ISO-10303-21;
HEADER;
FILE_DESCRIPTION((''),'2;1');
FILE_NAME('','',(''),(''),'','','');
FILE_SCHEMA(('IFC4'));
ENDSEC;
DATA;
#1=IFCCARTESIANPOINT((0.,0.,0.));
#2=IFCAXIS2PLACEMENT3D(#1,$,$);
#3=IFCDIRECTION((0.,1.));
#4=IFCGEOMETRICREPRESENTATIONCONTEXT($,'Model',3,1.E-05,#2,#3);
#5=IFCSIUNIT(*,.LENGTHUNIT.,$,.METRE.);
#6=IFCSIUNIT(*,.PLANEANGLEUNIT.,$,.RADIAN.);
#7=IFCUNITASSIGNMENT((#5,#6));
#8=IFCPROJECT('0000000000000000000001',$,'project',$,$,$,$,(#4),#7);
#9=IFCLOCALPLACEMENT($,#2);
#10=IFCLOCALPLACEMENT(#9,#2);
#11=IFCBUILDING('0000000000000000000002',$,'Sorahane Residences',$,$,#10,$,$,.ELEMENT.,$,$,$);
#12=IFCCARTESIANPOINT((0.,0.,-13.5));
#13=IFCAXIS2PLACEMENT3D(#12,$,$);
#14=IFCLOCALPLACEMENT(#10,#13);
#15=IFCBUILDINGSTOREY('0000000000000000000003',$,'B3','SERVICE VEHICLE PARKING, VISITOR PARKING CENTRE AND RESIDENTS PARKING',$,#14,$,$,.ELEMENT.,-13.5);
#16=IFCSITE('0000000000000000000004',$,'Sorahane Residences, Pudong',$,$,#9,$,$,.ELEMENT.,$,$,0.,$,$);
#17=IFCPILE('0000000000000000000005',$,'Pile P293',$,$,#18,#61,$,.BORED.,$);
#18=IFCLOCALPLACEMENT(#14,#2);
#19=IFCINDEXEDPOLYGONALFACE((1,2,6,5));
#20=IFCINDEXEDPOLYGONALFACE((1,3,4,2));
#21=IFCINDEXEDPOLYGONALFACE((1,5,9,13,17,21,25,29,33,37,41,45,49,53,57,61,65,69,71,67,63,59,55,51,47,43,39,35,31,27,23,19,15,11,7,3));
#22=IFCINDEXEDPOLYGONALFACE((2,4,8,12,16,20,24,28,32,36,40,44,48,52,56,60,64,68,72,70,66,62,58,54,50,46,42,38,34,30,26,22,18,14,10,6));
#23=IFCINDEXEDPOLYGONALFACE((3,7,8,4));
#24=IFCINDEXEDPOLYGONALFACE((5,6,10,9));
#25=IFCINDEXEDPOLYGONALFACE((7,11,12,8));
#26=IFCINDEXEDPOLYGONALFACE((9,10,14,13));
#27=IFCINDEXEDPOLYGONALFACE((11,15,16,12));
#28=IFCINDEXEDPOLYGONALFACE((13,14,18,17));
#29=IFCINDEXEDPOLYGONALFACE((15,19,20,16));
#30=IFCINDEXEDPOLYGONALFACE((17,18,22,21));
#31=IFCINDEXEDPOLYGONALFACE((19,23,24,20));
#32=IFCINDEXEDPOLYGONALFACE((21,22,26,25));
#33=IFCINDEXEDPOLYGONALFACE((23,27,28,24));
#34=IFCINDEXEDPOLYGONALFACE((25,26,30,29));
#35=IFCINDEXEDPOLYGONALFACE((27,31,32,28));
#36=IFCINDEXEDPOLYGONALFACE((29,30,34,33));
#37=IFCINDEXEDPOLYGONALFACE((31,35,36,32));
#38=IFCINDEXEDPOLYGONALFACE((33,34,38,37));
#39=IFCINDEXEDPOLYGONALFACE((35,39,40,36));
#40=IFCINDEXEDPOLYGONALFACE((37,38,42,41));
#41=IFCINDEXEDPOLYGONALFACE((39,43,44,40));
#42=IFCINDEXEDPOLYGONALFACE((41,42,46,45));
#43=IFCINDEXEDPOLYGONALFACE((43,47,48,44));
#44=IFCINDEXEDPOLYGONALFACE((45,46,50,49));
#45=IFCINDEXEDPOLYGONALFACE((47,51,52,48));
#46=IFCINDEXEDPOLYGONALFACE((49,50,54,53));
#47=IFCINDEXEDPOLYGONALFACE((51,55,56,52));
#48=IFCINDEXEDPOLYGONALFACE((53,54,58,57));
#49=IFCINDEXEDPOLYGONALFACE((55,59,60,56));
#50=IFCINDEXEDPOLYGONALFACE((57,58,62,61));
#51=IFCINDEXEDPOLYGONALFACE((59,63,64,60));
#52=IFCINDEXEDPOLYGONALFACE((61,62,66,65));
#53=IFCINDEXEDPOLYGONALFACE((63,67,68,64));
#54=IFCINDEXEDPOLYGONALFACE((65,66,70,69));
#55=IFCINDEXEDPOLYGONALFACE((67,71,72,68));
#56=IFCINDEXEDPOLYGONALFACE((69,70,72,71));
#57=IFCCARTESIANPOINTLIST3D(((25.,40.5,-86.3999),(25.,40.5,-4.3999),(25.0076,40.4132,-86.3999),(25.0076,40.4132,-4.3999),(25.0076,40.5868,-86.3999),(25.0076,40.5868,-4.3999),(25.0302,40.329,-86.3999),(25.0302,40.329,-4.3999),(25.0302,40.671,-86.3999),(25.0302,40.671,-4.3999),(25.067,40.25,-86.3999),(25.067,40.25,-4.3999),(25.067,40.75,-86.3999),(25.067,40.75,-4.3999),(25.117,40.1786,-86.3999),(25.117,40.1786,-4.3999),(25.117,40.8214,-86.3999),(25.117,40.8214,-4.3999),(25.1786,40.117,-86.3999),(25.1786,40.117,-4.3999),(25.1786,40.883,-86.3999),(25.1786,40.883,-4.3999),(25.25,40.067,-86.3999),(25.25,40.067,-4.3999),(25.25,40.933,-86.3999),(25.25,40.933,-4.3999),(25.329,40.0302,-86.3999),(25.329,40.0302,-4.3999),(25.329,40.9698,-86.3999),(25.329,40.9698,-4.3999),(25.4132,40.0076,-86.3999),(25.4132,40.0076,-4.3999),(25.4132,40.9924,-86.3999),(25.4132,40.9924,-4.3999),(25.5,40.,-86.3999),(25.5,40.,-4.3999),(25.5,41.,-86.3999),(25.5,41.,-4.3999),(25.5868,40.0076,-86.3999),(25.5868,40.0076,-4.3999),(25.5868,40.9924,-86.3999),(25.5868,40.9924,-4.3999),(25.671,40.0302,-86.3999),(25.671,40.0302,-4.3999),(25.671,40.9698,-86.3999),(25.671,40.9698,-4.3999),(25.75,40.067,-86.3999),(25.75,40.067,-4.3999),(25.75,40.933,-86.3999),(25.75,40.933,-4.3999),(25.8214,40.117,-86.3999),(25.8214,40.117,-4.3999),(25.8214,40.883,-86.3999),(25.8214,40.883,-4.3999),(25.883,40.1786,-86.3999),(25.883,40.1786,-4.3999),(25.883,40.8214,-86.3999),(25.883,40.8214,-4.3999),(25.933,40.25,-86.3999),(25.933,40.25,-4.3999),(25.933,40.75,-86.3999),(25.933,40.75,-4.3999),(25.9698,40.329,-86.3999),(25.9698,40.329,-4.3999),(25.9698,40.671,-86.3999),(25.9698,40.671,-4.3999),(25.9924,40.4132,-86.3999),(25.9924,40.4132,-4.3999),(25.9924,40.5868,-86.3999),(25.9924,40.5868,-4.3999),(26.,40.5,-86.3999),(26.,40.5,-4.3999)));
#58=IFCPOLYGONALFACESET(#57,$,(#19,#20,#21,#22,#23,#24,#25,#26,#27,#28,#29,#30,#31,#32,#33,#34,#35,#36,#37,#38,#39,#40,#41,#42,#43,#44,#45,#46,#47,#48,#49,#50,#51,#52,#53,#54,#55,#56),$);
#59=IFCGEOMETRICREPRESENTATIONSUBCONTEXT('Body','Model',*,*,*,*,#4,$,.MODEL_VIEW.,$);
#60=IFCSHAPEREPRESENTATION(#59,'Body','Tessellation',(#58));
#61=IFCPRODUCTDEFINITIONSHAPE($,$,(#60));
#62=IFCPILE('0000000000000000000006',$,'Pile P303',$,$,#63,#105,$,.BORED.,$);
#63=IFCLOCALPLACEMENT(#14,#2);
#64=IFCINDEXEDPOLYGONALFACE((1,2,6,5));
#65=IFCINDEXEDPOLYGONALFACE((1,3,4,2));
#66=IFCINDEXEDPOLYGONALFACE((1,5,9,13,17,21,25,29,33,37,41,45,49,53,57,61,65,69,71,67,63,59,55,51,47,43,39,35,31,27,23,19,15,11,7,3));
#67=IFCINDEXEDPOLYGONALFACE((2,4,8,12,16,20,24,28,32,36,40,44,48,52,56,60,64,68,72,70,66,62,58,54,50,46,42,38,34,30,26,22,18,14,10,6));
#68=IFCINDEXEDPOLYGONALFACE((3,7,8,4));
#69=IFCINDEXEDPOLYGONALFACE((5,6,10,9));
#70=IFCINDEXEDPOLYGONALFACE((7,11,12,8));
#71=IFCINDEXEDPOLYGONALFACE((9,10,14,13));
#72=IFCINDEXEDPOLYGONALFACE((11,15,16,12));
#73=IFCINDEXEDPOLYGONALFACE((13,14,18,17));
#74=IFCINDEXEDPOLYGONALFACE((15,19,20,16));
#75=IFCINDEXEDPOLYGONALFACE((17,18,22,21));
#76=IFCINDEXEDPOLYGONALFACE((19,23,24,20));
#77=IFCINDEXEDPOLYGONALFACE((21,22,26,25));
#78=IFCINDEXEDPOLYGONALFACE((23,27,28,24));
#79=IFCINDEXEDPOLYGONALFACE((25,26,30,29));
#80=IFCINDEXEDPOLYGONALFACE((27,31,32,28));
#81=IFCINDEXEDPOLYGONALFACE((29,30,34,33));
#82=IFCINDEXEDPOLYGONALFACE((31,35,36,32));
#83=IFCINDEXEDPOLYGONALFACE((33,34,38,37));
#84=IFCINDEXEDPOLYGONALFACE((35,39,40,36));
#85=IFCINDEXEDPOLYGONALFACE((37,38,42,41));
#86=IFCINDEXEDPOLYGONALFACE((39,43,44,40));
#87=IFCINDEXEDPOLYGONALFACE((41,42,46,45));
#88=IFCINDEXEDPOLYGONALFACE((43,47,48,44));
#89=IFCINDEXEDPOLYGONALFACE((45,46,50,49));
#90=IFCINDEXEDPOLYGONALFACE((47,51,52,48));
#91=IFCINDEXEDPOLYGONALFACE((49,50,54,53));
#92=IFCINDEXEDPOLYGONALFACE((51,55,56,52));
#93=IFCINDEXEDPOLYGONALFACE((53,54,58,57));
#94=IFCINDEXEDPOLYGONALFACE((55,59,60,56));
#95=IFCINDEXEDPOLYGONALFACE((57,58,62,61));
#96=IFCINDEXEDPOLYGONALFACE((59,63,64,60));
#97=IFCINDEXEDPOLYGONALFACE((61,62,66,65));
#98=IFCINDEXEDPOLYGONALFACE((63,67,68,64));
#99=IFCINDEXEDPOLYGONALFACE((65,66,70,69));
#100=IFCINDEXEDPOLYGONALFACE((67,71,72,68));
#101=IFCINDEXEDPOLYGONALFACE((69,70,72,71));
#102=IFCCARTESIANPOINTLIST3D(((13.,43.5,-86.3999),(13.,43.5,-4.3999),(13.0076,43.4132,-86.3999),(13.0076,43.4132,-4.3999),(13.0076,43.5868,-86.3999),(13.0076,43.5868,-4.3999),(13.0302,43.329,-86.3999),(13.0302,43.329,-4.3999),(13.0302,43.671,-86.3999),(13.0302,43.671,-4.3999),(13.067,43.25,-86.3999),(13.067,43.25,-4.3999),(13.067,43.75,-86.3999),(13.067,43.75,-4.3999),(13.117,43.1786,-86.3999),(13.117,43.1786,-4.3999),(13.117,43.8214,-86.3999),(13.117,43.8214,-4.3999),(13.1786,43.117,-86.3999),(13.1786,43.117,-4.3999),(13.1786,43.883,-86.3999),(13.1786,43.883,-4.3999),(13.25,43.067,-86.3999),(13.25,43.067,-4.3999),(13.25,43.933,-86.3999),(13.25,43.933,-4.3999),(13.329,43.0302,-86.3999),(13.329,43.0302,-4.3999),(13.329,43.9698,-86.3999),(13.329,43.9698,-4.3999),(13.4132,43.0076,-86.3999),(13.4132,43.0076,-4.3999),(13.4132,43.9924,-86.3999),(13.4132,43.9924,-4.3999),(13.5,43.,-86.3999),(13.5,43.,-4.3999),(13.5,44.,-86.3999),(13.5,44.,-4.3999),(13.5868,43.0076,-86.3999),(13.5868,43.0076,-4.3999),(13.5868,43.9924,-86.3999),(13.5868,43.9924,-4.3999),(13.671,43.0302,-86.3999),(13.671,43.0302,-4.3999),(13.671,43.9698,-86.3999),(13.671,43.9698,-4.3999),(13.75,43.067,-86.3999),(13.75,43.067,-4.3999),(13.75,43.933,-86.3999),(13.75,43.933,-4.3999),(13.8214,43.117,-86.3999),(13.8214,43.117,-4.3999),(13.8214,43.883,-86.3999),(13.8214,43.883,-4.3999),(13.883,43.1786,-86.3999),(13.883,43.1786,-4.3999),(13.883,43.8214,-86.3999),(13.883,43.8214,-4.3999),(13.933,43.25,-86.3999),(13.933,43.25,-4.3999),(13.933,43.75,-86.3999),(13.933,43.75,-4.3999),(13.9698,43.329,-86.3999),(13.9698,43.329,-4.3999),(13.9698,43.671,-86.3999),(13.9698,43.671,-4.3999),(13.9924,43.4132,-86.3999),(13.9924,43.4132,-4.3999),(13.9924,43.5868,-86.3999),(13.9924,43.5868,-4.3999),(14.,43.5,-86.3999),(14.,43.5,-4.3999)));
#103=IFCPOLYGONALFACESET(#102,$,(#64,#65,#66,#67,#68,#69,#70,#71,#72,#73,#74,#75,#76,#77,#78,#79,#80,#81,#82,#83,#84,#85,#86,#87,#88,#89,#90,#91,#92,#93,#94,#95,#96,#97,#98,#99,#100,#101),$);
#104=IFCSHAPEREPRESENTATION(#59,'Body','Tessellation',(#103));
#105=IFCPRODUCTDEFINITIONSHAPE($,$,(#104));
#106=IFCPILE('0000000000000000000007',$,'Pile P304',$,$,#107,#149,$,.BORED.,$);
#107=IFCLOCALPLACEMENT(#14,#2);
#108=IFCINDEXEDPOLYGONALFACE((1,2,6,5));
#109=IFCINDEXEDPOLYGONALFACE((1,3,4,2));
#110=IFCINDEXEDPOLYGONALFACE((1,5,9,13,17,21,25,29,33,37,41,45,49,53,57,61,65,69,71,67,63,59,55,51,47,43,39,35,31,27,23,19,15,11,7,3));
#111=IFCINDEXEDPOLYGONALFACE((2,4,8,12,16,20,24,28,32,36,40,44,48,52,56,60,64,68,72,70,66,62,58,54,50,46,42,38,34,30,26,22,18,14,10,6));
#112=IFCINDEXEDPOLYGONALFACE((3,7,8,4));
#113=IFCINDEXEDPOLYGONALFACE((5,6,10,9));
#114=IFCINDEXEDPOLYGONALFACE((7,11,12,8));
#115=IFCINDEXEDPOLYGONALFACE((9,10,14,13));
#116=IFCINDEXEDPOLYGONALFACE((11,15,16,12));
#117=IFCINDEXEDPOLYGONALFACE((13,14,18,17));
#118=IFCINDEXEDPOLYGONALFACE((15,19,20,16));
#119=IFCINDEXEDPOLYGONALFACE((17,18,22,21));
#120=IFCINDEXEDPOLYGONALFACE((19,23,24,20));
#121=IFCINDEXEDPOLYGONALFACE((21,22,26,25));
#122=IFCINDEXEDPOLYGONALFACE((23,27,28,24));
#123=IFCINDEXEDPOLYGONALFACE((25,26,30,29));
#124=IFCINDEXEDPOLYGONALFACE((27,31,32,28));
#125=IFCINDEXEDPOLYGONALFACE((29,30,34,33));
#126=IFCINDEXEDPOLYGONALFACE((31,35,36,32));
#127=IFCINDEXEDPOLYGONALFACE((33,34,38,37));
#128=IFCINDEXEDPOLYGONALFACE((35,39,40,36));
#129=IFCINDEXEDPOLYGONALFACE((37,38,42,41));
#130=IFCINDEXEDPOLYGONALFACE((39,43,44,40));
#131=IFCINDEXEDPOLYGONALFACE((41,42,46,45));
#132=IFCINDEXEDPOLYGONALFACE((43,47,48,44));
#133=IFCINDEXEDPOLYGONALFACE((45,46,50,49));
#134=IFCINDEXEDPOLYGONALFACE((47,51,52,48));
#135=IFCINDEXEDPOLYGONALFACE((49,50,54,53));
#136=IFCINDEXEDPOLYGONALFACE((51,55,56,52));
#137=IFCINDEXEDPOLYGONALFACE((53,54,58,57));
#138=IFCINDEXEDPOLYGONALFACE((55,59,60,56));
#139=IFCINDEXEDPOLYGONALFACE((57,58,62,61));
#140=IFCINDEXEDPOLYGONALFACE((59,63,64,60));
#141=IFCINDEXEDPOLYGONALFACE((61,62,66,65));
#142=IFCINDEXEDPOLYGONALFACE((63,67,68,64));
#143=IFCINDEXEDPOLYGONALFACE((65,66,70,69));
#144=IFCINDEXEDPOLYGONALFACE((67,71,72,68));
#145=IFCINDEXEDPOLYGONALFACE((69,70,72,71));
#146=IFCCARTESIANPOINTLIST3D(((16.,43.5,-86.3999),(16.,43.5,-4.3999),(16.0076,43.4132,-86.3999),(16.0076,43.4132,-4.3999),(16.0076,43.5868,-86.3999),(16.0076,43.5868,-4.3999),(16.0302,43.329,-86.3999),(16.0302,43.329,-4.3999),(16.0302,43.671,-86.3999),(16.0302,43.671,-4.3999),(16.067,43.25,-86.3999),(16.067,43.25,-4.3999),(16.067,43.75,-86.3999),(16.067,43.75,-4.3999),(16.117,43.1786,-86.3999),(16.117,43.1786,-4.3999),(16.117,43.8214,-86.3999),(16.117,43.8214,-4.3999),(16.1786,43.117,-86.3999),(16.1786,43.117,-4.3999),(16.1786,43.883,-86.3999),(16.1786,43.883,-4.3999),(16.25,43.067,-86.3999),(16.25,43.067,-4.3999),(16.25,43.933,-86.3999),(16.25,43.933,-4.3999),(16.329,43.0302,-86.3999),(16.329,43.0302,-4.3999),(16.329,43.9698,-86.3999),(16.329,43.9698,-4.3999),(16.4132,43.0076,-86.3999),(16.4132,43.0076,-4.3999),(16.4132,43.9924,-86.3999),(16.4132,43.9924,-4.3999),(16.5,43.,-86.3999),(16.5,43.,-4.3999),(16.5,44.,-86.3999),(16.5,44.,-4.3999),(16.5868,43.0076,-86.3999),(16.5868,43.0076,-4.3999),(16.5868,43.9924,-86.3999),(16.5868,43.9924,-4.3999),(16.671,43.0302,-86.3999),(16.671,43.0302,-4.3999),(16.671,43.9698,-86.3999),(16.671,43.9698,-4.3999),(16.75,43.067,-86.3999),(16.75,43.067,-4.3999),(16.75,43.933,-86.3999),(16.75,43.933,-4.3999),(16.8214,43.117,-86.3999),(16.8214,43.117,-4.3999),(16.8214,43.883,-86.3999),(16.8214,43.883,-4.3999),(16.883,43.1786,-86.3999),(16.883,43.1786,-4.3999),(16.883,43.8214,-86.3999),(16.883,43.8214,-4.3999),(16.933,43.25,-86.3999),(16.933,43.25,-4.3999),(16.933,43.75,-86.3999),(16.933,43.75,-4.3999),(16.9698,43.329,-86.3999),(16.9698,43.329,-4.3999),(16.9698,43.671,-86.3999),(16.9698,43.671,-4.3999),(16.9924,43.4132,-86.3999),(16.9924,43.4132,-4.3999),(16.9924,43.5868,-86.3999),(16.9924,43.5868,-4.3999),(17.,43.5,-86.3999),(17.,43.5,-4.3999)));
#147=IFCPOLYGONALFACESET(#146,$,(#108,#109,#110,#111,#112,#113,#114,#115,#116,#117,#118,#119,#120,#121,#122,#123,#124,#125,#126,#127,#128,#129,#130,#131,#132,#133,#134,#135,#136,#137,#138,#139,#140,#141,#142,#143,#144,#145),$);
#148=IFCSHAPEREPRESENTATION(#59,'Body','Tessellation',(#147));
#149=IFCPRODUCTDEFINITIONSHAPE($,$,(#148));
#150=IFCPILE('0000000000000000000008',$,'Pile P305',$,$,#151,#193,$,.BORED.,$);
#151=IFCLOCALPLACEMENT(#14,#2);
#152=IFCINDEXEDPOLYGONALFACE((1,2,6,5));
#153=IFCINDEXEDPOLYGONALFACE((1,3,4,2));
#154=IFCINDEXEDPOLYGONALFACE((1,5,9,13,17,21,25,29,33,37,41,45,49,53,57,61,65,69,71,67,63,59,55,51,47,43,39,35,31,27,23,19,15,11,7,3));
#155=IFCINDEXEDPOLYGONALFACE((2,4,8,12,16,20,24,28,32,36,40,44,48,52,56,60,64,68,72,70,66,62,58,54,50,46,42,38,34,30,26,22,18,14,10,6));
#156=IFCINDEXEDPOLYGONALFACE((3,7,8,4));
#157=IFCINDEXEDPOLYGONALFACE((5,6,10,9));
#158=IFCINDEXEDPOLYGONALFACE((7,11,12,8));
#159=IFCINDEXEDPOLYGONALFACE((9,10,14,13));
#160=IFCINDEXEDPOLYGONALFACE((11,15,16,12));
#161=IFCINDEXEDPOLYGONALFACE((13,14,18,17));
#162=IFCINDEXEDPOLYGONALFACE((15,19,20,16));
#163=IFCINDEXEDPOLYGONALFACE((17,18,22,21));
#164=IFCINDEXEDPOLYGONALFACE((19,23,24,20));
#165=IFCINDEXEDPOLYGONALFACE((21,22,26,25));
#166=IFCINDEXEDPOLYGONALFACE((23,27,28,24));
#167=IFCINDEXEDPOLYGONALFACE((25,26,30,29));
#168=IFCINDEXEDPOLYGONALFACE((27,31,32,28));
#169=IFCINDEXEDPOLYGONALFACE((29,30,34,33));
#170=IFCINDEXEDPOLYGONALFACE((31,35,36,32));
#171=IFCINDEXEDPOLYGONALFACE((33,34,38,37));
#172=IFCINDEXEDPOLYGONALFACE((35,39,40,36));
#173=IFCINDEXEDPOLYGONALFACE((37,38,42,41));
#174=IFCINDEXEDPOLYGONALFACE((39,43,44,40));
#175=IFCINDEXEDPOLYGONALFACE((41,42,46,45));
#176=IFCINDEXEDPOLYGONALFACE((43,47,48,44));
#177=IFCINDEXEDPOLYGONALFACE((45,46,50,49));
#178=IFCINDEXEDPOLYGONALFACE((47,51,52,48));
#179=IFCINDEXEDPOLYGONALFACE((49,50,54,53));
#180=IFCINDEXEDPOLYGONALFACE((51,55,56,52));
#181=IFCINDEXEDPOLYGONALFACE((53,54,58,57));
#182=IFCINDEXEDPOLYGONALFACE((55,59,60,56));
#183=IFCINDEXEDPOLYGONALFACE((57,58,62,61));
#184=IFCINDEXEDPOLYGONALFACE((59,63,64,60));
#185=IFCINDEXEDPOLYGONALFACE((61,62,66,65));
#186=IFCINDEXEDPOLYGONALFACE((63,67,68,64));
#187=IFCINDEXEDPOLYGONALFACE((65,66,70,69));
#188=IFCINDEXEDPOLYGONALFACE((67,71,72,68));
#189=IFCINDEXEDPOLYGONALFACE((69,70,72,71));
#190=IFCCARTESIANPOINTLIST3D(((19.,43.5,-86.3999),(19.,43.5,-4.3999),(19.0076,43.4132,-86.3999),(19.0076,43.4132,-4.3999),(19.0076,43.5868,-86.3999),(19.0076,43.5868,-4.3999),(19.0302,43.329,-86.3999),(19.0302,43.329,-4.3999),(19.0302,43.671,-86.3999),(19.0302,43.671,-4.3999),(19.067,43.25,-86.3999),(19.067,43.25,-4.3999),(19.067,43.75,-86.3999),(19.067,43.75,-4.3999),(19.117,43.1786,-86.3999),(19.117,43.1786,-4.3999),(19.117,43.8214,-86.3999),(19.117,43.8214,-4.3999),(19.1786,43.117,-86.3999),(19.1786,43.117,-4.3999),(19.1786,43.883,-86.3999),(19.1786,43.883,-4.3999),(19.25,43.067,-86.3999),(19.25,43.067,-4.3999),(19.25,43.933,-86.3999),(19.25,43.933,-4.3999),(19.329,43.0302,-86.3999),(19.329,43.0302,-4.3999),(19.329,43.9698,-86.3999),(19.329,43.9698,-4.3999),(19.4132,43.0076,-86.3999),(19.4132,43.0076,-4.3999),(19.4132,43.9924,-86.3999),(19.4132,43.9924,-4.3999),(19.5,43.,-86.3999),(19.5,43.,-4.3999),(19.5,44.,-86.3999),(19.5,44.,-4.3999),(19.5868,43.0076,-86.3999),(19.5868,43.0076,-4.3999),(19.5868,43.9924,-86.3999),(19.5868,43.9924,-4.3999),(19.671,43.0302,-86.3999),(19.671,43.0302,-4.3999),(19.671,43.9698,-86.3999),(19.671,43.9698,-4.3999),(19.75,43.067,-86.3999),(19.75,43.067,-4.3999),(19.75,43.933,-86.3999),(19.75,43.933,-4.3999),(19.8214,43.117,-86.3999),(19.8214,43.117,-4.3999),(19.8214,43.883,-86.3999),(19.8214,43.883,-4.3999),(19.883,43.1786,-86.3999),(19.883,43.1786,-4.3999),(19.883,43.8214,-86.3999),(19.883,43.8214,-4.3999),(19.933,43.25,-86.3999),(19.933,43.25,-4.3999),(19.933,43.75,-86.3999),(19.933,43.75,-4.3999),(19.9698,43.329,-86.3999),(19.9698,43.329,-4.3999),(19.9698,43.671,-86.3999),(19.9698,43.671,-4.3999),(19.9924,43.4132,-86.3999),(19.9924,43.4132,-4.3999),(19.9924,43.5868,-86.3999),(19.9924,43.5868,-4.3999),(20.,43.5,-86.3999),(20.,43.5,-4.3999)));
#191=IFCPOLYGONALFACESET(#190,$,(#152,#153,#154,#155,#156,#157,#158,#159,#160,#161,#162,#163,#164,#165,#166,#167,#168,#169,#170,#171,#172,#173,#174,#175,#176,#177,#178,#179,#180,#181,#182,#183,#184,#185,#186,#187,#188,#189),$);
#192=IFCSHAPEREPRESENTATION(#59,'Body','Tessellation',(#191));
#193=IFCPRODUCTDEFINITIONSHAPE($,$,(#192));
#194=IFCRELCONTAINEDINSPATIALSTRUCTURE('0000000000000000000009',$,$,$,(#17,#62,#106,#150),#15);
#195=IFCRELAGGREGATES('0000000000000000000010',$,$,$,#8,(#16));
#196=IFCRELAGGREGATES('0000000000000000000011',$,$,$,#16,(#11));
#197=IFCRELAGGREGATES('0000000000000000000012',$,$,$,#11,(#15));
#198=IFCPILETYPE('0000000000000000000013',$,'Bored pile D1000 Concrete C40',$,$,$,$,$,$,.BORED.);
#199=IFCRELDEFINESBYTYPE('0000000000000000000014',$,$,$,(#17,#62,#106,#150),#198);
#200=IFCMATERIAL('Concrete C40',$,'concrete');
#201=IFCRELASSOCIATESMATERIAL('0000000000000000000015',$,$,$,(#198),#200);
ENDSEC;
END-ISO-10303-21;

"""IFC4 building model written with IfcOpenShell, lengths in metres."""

from ifc_helpers import new_model, si_unit, direction, frame, origin, origin_2d, place, context, subcontext, project, spatial, circle, extrude, material, material_profile, profile_set, type_object, element, save


model = new_model("IFC4")

# Units and contexts
model_context = context("Model", 3, precision=1e-05, world=origin(), true_north=direction((0.0, 1.0)))
body_context = subcontext(model_context, "Body", "Model", "MODEL_VIEW")
ifc_project = project(units=[si_unit("LENGTHUNIT", "METRE"), si_unit("PLANEANGLEUNIT", "RADIAN")], contexts=[model_context])

# Site, building, storey
site_placement = place(None, origin())
site = spatial("IfcSite", under=ifc_project, at=site_placement, Name="Sorahane Residences, Pudong", CompositionType="ELEMENT", RefElevation=0.0)
building_placement = place(site_placement, origin())
building = spatial("IfcBuilding", under=site, at=building_placement, Name="Sorahane Residences", CompositionType="ELEMENT")
storey_placement = place(building_placement, frame((0.0, 0.0, -13.5)))
storey = spatial("IfcBuildingStorey", under=building, at=storey_placement, Name="B3", Description="SERVICE VEHICLE PARKING, VISITOR PARKING CENTRE AND RESIDENTS PARKING", CompositionType="ELEMENT", Elevation=-13.5)

# Piles
ifc_material_1 = material(Name="Concrete C40", Category="concrete")
ifc_material_profile_1 = material_profile(ifc_material_1, circle(Radius=0.5, at=origin_2d()), Name="D1000")
ifc_profile_set_1 = profile_set([ifc_material_profile_1], Name="Concrete C40")
pile_type = type_object("IfcPileType", Name="Bored pile D1000 Concrete C40", PredefinedType="BORED", material=ifc_profile_set_1)
for number, where, z_axis, x_axis, name in (
    (1, (25.5, 40.5, -4.3999), (0.0, 0.0, -1.0), (1.0, 0.0, 0.0), "Pile P293"),
    (2, (13.5, 43.5, -4.3999), (0.0, 0.0, -1.0), (1.0, 0.0, 0.0), "Pile P303"),
    (3, (16.5, 43.5, -4.3999), (0.0, 0.0, -1.0), (1.0, 0.0, 0.0), "Pile P304"),
    (4, (19.5, 43.5, -4.3999), (0.0, 0.0, -1.0), (1.0, 0.0, 0.0), "Pile P305"),
):
    element("IfcPile", number, at=place(storey_placement, frame(where, z_axis=z_axis, x_axis=x_axis)), inside=storey, type_object=pile_type, Name=name, PredefinedType="BORED", context=body_context, shape_type="SweptSolid", body=[
        extrude(circle(Radius=0.5, at=origin_2d()), origin(), (0.0, 0.0, 1.0), 82.0),
    ])

save(model, "model.ifc")
